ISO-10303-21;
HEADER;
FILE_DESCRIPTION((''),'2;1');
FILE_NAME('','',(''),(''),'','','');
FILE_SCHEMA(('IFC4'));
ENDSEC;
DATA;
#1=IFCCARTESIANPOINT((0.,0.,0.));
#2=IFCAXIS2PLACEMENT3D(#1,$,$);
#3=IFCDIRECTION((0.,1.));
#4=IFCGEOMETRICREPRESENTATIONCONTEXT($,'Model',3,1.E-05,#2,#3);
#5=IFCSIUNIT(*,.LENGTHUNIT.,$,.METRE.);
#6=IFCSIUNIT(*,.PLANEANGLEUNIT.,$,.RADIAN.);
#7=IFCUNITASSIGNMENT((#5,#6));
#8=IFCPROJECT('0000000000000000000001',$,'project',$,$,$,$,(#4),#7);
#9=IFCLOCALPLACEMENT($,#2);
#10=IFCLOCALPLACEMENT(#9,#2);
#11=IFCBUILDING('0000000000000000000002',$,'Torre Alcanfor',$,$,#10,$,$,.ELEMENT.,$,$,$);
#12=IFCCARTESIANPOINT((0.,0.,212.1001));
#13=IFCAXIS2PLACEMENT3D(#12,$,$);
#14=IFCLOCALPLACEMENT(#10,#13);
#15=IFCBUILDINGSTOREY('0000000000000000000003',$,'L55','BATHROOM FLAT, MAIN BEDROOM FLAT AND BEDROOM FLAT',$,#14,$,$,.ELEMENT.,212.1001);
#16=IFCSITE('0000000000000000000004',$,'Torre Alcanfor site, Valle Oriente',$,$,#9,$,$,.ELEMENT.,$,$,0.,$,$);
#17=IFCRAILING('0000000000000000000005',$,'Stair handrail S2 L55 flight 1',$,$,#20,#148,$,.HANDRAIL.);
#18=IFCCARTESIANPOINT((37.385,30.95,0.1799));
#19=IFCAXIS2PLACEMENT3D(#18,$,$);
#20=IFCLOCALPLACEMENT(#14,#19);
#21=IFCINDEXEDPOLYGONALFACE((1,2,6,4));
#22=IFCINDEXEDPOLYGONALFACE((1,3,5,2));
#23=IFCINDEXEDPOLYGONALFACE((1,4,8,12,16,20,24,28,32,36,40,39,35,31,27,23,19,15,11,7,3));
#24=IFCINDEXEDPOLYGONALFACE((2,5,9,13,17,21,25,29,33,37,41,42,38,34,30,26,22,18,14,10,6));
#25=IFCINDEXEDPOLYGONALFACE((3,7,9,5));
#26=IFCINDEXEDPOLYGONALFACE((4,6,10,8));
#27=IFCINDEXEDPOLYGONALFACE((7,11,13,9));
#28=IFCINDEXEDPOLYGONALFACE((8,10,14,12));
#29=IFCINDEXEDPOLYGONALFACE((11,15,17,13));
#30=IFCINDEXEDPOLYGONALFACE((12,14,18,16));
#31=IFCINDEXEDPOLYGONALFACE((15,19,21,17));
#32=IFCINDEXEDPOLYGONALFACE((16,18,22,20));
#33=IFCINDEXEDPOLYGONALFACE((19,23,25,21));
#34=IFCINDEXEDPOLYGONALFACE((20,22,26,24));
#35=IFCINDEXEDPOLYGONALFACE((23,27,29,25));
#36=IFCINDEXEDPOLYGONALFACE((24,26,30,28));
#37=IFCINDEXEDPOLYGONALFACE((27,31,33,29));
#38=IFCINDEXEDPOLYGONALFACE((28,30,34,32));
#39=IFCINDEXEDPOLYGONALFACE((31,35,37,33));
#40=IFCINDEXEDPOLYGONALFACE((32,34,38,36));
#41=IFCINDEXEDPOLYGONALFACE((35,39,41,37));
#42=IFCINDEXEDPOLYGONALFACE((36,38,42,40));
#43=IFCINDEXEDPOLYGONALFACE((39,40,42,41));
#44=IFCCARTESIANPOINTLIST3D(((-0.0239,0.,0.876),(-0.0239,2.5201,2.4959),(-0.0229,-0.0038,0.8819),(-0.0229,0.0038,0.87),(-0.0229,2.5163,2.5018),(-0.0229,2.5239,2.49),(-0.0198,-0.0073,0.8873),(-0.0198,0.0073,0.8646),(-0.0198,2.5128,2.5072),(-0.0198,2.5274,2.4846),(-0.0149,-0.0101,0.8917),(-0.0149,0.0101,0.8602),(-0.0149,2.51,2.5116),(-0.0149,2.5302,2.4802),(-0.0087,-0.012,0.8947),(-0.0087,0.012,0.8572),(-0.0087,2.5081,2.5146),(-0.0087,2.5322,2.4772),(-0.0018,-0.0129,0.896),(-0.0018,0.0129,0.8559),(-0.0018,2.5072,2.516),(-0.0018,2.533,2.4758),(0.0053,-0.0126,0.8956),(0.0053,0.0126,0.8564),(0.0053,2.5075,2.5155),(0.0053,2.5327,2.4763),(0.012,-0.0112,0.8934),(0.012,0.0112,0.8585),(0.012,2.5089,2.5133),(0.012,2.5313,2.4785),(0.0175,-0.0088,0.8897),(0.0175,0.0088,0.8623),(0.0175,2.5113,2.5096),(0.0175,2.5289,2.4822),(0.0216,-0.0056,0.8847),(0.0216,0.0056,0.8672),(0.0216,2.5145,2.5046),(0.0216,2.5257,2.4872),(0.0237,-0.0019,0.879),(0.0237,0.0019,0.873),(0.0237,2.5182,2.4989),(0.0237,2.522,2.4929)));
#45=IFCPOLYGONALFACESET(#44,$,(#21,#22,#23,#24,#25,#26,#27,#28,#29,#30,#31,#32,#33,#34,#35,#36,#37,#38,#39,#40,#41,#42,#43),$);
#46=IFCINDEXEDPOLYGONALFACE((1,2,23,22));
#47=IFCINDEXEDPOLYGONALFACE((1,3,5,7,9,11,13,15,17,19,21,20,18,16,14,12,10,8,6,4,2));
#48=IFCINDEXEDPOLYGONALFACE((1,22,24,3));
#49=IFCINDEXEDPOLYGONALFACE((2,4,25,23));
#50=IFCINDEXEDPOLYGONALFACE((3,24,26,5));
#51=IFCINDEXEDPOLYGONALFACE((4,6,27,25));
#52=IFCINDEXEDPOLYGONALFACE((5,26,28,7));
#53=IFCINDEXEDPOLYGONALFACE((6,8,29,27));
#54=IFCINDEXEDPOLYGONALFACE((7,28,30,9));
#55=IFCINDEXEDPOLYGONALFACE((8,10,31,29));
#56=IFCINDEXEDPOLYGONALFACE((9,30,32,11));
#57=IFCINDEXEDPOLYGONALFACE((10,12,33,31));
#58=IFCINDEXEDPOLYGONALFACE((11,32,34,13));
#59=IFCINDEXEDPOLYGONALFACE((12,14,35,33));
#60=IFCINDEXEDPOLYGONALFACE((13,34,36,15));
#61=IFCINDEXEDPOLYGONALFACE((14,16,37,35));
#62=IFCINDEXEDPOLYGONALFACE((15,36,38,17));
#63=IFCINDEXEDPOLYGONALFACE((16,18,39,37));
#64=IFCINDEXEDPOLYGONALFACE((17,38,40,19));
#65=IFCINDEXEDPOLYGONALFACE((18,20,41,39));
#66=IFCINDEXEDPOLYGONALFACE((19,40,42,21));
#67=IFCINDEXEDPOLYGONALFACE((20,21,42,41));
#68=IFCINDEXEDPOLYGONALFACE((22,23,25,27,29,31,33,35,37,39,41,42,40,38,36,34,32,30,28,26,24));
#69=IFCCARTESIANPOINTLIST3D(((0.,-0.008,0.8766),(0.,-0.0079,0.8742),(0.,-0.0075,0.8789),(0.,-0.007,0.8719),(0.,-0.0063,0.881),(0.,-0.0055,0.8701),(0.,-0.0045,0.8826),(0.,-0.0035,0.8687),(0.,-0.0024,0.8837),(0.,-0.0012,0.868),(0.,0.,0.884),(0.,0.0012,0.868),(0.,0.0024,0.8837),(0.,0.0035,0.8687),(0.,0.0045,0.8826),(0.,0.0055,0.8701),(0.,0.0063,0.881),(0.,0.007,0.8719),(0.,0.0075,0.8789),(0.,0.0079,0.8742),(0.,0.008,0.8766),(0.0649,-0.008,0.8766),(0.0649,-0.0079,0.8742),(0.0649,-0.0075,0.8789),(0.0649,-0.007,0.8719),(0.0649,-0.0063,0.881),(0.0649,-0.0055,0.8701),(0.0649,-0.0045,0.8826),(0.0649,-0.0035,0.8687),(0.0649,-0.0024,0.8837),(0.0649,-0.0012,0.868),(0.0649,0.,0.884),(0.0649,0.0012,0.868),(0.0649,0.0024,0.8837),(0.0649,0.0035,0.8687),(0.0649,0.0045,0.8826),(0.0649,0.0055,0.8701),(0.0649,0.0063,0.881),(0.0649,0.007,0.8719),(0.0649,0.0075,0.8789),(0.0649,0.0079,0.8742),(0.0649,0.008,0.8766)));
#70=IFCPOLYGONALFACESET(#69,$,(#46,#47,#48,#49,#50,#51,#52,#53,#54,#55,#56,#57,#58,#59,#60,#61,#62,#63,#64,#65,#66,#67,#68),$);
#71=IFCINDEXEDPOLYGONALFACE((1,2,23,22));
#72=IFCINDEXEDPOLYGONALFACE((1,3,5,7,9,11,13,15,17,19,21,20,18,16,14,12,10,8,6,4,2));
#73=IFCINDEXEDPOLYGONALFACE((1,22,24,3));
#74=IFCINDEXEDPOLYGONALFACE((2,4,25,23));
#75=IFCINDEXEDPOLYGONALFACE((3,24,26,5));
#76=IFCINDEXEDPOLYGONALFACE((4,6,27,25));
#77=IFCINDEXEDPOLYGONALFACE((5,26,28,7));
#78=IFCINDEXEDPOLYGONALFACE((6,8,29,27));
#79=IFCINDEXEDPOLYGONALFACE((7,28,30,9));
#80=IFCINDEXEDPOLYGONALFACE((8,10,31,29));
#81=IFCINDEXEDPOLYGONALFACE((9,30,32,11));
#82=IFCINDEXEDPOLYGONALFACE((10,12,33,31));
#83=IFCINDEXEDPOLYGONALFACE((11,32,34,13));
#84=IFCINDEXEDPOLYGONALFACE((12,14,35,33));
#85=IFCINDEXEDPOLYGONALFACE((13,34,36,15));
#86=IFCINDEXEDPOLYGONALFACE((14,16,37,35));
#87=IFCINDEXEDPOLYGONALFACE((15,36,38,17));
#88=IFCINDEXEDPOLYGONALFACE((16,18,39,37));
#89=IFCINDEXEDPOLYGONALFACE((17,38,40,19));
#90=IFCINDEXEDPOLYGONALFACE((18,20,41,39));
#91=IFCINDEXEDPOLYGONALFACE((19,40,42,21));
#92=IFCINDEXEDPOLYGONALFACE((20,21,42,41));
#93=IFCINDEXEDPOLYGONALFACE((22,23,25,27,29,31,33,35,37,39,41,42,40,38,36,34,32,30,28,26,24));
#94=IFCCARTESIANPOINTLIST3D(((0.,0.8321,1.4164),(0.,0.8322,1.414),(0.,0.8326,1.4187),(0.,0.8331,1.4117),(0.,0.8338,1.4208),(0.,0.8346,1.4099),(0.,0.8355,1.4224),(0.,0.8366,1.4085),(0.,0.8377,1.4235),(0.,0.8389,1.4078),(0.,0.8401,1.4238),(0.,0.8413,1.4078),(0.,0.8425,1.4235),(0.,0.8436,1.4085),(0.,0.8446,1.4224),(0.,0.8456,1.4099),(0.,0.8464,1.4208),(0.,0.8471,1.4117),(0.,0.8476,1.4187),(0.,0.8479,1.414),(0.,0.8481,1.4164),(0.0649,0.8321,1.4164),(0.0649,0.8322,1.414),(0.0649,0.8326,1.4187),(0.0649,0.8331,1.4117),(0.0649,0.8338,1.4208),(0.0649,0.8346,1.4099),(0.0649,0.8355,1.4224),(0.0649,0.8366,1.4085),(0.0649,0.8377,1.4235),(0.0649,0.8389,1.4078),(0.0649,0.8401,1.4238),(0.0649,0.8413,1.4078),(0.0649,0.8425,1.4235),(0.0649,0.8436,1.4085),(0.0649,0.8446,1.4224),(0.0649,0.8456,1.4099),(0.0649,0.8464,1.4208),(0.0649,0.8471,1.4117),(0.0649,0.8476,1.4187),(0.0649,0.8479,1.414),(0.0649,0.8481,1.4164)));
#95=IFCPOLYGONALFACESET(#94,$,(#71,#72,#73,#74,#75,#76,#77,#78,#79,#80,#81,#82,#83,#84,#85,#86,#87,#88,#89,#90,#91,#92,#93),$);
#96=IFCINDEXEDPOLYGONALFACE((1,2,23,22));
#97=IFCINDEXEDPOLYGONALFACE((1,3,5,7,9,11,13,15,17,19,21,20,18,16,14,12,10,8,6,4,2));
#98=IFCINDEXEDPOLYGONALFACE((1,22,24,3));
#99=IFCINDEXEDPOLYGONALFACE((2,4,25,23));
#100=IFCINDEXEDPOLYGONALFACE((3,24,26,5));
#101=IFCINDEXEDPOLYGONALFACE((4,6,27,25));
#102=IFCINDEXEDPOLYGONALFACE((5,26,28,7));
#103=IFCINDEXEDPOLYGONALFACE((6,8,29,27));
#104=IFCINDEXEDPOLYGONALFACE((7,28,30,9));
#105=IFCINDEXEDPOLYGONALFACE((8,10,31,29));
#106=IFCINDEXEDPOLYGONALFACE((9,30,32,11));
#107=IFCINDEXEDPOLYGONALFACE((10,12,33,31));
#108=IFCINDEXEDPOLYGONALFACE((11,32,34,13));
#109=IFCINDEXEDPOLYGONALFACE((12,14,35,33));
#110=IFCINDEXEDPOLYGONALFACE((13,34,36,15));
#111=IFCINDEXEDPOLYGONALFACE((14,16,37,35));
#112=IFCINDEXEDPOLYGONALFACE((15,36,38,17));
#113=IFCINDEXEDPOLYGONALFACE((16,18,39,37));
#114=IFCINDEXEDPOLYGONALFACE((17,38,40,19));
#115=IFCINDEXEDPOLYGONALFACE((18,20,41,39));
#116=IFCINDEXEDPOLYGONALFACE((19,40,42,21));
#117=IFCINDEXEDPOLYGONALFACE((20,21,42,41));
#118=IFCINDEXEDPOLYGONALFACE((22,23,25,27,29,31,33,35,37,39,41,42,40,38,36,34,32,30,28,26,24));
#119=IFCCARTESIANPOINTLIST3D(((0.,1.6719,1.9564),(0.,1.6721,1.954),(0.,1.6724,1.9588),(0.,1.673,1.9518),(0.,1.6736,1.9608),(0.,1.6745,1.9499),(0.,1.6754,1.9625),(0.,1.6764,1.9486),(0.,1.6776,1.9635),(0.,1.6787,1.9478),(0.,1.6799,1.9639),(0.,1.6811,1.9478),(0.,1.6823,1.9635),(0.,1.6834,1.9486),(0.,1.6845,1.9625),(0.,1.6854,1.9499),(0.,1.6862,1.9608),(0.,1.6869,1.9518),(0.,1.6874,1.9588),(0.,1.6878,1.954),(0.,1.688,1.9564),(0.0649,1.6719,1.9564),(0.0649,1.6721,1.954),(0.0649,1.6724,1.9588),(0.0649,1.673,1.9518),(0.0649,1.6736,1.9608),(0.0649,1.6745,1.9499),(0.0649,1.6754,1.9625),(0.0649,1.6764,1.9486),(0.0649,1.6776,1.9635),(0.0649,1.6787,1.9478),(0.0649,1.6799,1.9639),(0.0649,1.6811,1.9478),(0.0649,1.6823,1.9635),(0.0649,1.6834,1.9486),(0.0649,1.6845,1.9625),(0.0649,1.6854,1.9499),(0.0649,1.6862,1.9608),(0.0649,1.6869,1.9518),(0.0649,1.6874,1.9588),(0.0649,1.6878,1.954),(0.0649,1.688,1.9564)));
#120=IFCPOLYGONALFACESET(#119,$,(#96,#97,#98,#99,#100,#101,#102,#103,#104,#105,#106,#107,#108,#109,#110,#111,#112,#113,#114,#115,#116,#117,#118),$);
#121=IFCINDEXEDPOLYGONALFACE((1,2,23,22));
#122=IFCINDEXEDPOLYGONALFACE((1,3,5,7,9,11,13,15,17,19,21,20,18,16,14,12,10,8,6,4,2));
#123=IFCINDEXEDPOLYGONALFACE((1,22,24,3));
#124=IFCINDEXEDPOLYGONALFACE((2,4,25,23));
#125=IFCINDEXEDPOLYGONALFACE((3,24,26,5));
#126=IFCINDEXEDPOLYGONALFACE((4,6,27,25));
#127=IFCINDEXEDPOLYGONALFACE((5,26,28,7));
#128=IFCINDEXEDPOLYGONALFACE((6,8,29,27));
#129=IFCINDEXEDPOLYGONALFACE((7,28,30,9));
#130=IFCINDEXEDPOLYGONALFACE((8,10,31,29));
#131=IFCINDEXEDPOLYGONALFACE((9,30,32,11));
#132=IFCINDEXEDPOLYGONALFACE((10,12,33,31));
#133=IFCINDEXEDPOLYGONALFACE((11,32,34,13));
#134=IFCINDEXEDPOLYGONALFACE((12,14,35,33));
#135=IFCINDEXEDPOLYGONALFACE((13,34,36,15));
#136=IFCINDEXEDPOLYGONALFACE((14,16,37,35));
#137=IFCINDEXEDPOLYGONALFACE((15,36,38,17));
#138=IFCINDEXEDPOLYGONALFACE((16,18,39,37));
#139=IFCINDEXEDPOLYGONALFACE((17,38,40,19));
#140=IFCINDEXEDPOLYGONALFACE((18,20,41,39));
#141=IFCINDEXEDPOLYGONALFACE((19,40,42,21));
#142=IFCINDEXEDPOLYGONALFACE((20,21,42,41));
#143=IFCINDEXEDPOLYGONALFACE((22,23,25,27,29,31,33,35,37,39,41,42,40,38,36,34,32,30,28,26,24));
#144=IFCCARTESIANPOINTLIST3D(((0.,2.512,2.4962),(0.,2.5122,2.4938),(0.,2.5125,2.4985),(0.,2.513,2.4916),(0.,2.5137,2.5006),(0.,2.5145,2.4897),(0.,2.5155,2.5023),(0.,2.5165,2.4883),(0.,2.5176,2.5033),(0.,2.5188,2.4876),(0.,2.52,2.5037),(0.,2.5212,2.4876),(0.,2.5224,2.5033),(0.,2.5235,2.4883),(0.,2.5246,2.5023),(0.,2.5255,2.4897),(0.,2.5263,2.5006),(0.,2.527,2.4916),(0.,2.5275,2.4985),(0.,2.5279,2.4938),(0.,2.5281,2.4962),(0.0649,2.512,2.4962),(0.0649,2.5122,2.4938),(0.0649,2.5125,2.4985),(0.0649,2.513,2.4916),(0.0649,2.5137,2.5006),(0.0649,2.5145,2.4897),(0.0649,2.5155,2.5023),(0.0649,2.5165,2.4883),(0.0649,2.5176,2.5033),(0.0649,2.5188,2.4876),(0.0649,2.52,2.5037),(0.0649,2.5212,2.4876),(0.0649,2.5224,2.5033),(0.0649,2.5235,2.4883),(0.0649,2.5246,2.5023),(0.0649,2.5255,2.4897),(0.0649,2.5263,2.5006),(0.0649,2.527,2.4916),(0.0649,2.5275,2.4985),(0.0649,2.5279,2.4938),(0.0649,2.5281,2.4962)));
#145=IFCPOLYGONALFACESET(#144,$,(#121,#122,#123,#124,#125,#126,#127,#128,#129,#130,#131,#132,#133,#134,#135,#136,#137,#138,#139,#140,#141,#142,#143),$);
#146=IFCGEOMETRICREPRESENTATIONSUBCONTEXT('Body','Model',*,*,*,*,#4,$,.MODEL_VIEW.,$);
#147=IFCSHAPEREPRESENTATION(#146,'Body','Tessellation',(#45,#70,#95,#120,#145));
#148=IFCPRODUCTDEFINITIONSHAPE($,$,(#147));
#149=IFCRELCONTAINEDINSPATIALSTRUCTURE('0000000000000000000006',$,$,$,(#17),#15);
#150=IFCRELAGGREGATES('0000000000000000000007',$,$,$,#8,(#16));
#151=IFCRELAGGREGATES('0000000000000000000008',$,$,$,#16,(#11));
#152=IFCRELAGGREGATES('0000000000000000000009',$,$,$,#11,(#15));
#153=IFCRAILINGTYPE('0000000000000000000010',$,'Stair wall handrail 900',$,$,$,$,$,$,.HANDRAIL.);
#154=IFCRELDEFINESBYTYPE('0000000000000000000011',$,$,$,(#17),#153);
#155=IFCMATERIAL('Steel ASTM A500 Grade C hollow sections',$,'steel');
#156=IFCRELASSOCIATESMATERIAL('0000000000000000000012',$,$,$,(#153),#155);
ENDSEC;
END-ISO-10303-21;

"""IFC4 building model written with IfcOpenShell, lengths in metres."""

from ifc_helpers import new_model, si_unit, direction, frame, origin, origin_2d, place, context, subcontext, project, spatial, circle, extrude, material, type_object, element, save


model = new_model("IFC4")

# Units and contexts
model_context = context("Model", 3, precision=1e-05, world=origin(), true_north=direction((0.0, 1.0)))
body_context = subcontext(model_context, "Body", "Model", "MODEL_VIEW")
ifc_project = project(units=[si_unit("LENGTHUNIT", "METRE"), si_unit("PLANEANGLEUNIT", "RADIAN")], contexts=[model_context])

# Site, building, storey
site_placement = place(None, origin())
site = spatial("IfcSite", under=ifc_project, at=site_placement, Name="Torre Alcanfor site, Valle Oriente", CompositionType="ELEMENT", RefElevation=0.0)
building_placement = place(site_placement, origin())
building = spatial("IfcBuilding", under=site, at=building_placement, Name="Torre Alcanfor", CompositionType="ELEMENT")
storey_placement = place(building_placement, frame((0.0, 0.0, 212.1001)))
storey = spatial("IfcBuildingStorey", under=building, at=storey_placement, Name="L55", Description="BATHROOM FLAT, MAIN BEDROOM FLAT AND BEDROOM FLAT", CompositionType="ELEMENT", Elevation=212.1001)

# Railing
ifc_material_1 = material(Name="Steel ASTM A500 Grade C hollow sections", Category="steel")
railing_type_1 = type_object("IfcRailingType", Name="Stair wall handrail 900", PredefinedType="HANDRAIL", material=ifc_material_1)
railing_1_placement = place(storey_placement, frame((37.385, 30.95, 0.1799)))
element("IfcRailing", 1, at=railing_1_placement, inside=storey, type_object=railing_type_1, Name="Stair handrail S2 L55 flight 1", PredefinedType="HANDRAIL", context=body_context, shape_type="SweptSolid", body=[
    extrude(circle(Radius=0.0239, at=origin_2d()), frame((0.0, 0.0, 0.876), z_axis=(0.0, 0.8412, 0.540725), x_axis=(-1.0, 0.0, 0.0)), (0.0, 0.0, 1.0), 2.9958),
    extrude(circle(Radius=0.0081, at=origin_2d()), frame((0.0, 0.0, 0.876), z_axis=(1.0, 0.0, 0.0), x_axis=(0.0, 0.0, 1.0)), (0.0, 0.0, 1.0), 0.0649),
    extrude(circle(Radius=0.0081, at=origin_2d()), frame((0.0, 0.8401, 1.4158), z_axis=(1.0, 0.0, 0.0), x_axis=(0.0, 0.0, 1.0)), (0.0, 0.0, 1.0), 0.0649),
    extrude(circle(Radius=0.0081, at=origin_2d()), frame((0.0, 1.6799, 1.9558), z_axis=(1.0, 0.0, 0.0), x_axis=(0.0, 0.0, 1.0)), (0.0, 0.0, 1.0), 0.0649),
    extrude(circle(Radius=0.0081, at=origin_2d()), frame((0.0, 2.52, 2.4956), z_axis=(1.0, 0.0, 0.0), x_axis=(0.0, 0.0, 1.0)), (0.0, 0.0, 1.0), 0.0649),
])

save(model, "model.ifc")
